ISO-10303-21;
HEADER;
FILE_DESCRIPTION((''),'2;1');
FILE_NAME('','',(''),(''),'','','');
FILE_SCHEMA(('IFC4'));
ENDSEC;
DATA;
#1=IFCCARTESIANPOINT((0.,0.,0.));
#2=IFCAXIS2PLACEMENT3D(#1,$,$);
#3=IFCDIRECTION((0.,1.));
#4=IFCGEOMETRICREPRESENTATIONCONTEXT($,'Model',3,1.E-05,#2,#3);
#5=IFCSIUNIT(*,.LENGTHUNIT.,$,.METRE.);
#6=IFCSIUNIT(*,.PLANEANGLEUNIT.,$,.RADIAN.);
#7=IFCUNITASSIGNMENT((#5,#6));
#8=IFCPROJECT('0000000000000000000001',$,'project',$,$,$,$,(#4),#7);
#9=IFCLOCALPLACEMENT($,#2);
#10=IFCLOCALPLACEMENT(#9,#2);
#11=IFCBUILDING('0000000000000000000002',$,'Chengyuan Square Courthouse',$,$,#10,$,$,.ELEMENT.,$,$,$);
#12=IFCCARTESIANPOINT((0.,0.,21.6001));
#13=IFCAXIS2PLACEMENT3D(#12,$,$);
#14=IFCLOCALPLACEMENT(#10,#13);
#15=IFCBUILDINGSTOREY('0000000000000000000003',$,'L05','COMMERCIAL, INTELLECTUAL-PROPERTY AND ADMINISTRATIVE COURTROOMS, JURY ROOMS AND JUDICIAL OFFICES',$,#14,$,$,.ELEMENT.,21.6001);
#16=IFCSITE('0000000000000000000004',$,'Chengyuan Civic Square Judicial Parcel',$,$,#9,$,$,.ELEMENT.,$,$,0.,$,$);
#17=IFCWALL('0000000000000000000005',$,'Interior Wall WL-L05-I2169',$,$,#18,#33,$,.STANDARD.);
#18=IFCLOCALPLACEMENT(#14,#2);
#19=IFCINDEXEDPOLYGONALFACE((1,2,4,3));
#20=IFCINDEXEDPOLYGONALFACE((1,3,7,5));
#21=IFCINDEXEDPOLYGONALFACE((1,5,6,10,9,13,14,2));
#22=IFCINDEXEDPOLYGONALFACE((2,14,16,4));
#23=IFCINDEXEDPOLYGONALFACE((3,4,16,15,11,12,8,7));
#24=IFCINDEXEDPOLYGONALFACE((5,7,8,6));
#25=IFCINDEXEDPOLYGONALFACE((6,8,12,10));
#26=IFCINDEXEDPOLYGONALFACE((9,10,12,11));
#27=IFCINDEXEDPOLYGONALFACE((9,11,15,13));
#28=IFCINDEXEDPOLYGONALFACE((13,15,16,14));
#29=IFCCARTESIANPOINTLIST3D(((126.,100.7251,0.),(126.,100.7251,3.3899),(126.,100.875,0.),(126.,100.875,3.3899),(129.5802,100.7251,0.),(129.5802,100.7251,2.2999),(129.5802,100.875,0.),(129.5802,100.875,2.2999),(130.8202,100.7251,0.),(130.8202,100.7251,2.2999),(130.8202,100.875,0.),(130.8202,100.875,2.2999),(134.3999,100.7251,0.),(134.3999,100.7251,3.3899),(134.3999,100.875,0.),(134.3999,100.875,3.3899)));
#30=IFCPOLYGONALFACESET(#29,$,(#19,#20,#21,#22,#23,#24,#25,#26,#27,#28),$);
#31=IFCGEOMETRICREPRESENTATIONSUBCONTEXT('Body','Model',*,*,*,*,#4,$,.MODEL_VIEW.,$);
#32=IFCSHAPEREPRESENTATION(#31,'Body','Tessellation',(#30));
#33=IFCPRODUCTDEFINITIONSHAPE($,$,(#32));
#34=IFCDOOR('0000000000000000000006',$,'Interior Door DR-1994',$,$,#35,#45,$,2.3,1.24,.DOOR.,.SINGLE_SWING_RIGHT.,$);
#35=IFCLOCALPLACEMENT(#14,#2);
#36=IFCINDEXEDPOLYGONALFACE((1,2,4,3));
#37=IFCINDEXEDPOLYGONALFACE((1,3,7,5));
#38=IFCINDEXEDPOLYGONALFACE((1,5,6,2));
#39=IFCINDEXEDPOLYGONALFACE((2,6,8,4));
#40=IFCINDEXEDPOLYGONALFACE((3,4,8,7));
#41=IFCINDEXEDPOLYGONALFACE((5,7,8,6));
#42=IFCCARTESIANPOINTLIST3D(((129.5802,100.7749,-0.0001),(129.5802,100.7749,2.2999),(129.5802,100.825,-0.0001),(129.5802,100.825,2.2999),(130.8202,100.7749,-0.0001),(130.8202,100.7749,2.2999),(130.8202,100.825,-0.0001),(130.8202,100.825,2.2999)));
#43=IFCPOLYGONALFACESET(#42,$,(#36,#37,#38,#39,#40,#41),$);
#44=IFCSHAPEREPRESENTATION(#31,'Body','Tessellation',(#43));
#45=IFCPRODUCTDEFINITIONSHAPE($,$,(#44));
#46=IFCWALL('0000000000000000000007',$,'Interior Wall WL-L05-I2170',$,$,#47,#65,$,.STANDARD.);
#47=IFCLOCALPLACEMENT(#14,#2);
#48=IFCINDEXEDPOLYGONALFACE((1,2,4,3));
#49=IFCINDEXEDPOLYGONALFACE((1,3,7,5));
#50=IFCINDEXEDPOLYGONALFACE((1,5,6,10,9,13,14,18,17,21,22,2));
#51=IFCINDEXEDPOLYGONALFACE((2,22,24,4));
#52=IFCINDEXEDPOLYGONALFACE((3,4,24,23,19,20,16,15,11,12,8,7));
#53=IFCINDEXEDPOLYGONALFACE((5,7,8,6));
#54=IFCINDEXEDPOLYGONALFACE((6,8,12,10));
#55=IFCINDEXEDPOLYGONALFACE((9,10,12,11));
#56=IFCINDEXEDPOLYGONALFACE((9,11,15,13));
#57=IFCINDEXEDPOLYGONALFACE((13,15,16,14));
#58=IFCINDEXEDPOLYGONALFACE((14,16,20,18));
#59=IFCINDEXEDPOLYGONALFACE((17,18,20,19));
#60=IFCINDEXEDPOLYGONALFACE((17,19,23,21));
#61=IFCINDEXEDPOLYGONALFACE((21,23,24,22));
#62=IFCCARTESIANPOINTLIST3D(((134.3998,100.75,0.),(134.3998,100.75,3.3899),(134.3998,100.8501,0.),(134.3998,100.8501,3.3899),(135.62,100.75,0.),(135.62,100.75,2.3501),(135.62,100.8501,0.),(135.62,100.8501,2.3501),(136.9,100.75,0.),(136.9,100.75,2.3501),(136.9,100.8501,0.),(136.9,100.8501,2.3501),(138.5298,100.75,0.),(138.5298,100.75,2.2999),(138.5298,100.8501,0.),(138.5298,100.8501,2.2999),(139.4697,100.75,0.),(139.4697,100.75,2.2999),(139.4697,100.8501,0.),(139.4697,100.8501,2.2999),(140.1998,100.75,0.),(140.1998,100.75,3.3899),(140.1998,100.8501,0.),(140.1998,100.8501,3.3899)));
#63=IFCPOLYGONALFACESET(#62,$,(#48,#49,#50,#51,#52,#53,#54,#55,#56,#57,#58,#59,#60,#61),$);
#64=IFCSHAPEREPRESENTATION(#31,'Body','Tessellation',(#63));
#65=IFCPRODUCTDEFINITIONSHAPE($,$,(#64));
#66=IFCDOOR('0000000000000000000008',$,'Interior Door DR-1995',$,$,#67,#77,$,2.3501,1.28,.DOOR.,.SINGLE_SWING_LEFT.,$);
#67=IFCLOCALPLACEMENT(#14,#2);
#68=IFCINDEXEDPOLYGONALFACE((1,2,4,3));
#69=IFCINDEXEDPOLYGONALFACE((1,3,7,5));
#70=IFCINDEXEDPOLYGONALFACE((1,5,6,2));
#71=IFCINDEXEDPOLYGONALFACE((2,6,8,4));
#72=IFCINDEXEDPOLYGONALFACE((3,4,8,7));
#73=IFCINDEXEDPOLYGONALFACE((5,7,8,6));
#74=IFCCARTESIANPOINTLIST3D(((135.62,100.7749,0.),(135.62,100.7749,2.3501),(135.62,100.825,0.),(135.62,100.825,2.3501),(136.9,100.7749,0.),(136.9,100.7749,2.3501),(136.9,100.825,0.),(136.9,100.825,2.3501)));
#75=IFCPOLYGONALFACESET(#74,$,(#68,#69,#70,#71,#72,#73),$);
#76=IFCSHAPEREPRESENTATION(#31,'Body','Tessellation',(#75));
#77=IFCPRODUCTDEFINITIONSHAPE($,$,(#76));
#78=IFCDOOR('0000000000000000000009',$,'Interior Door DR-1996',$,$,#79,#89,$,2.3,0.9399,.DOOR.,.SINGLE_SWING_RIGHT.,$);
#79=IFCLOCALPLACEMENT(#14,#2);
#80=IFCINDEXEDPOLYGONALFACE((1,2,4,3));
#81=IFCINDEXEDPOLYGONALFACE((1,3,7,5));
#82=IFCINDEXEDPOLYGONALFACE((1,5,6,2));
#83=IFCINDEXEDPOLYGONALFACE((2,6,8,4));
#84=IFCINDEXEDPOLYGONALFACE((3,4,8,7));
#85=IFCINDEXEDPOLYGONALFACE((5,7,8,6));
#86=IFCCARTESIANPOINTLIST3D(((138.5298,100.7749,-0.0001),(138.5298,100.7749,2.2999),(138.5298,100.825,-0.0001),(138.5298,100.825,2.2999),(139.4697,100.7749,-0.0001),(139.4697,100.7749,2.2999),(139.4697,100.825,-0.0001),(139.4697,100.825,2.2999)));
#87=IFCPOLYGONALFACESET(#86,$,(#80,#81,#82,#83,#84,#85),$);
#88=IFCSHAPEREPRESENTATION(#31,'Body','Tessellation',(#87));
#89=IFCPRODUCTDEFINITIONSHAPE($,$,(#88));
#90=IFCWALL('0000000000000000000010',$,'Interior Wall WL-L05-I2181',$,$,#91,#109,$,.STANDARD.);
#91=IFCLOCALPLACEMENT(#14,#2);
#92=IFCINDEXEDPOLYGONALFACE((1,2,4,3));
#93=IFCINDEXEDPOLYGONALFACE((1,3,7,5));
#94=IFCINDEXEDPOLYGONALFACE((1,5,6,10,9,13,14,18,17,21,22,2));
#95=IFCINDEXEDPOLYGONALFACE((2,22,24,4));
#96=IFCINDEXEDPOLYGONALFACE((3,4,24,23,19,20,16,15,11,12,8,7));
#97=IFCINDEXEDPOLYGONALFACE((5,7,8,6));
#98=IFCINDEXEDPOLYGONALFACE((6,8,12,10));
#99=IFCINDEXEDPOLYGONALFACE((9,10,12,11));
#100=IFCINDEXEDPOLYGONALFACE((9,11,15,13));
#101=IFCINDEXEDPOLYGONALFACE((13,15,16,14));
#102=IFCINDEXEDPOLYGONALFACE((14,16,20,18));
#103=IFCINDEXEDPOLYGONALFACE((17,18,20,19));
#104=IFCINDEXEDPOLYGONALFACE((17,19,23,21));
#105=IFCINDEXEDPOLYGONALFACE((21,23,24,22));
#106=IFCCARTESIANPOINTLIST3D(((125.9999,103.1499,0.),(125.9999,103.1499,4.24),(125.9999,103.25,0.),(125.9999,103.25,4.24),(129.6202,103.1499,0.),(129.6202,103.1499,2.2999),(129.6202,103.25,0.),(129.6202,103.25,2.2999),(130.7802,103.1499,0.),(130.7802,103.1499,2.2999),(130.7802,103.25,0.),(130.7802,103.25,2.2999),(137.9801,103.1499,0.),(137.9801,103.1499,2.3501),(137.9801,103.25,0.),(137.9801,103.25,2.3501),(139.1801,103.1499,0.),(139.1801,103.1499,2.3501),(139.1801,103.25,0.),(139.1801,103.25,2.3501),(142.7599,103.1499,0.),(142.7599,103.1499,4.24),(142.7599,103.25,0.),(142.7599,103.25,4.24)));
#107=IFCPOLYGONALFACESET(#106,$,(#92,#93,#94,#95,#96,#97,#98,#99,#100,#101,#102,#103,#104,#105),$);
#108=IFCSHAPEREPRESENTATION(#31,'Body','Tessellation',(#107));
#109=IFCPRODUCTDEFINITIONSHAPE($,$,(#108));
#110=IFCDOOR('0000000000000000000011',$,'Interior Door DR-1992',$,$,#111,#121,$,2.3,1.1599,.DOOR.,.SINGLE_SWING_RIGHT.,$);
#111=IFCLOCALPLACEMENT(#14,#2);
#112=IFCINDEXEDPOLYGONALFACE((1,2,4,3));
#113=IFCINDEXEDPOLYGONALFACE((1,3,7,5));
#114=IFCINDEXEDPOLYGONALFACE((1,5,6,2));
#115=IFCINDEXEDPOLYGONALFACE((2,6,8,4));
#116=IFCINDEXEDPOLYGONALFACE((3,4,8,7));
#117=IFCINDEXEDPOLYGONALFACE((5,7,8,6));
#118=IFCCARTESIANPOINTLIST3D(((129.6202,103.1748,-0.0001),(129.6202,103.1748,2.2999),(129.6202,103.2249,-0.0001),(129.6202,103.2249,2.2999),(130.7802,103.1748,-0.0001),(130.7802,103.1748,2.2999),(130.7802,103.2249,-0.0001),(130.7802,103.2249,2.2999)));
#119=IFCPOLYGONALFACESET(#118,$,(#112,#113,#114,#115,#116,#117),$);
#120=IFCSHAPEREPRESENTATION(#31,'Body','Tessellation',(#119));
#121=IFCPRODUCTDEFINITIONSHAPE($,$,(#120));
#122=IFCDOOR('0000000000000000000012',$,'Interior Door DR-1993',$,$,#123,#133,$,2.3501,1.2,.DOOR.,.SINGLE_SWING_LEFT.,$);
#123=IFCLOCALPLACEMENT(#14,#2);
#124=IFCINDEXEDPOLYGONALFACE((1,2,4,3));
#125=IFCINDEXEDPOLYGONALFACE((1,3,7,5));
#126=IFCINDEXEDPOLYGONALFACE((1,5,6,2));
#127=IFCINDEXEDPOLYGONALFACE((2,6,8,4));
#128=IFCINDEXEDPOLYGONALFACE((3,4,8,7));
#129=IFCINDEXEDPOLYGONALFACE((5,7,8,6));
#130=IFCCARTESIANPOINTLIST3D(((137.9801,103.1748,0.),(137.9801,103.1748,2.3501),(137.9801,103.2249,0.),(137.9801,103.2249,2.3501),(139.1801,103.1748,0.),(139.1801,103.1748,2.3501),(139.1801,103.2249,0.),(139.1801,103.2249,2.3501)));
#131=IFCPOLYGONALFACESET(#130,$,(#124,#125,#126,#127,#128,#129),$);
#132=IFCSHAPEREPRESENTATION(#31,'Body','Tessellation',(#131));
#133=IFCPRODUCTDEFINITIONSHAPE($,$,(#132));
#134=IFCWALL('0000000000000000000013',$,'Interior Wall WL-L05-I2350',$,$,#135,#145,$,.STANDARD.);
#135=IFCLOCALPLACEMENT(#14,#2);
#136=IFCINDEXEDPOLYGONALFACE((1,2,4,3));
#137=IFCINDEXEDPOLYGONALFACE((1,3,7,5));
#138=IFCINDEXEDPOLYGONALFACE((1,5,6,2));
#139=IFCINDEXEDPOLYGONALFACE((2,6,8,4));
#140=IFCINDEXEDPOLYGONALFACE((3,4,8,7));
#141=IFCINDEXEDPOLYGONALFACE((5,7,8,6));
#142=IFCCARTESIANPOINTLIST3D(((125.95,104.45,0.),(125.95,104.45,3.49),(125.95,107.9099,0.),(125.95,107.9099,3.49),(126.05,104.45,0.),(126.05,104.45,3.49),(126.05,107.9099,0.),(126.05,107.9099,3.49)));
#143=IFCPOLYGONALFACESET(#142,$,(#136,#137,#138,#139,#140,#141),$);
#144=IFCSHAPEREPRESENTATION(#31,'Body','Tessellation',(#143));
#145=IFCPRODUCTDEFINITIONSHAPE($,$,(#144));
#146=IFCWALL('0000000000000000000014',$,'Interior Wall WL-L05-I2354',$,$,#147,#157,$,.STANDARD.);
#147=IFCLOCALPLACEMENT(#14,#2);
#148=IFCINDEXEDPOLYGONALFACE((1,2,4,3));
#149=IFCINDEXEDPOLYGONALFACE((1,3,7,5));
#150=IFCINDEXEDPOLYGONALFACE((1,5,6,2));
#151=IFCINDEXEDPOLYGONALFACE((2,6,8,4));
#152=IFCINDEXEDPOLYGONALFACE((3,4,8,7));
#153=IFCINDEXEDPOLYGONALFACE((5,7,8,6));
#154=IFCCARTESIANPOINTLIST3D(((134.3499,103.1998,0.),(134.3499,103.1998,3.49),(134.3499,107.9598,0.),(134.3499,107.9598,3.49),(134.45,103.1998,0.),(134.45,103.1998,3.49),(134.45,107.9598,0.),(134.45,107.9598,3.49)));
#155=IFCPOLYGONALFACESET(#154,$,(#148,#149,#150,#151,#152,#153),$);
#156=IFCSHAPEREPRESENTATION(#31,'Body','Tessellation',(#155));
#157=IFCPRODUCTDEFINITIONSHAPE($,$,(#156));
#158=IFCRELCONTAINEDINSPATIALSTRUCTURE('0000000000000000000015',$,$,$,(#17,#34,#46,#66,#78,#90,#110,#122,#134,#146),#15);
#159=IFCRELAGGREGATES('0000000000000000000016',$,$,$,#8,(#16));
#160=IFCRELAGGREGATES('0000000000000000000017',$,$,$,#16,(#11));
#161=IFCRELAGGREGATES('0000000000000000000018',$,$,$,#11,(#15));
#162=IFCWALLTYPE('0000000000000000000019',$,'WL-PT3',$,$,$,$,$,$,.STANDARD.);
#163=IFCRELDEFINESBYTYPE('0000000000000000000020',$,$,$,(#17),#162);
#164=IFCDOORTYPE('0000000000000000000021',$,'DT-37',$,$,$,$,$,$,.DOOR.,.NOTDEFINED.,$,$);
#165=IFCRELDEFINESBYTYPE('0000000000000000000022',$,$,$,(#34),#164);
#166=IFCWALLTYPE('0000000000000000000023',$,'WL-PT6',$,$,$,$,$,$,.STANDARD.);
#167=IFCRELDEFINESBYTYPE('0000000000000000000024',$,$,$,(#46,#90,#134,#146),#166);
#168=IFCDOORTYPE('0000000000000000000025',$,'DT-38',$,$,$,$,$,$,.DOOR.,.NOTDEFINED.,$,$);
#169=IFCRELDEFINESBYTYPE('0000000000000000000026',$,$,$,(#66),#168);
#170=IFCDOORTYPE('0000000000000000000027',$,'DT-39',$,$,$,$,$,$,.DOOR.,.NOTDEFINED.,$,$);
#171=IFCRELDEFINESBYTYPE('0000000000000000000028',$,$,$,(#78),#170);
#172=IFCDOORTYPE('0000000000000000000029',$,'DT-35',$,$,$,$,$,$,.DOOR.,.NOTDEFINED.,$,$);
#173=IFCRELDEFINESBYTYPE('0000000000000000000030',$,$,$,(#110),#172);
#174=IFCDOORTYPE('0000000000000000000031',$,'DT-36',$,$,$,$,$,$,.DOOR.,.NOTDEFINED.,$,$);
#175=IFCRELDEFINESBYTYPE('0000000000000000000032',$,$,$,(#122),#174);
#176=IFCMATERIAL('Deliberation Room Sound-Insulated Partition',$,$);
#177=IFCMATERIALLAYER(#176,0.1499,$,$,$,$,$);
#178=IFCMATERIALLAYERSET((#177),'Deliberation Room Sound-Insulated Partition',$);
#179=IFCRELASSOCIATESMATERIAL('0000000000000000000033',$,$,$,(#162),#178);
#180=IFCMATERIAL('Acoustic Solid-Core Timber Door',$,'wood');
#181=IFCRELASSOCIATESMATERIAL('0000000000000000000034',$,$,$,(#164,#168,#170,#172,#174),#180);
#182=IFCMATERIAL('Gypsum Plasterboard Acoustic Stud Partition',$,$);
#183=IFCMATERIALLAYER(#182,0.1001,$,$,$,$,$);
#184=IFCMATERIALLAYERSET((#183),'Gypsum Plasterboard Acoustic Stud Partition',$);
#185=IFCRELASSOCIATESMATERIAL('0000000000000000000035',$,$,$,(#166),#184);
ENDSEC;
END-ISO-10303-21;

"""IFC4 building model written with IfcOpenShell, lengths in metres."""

from ifc_helpers import new_model, si_unit, direction, frame, frame_2d, origin, place, context, subcontext, project, spatial, rectangle, extrude, material, layer, layer_set, type_object, element, fill, save


model = new_model("IFC4")

# Units and contexts
model_context = context("Model", 3, precision=1e-05, world=origin(), true_north=direction((0.0, 1.0)))
body_context = subcontext(model_context, "Body", "Model", "MODEL_VIEW")
ifc_project = project(units=[si_unit("LENGTHUNIT", "METRE"), si_unit("PLANEANGLEUNIT", "RADIAN")], contexts=[model_context])

# Site, building, storey
site_placement = place(None, origin())
site = spatial("IfcSite", under=ifc_project, at=site_placement, Name="Chengyuan Civic Square Judicial Parcel", CompositionType="ELEMENT", RefElevation=0.0)
building_placement = place(site_placement, origin())
building = spatial("IfcBuilding", under=site, at=building_placement, Name="Chengyuan Square Courthouse", CompositionType="ELEMENT")
storey_placement = place(building_placement, frame((0.0, 0.0, 21.6001)))
storey = spatial("IfcBuildingStorey", under=building, at=storey_placement, Name="L05", Description="COMMERCIAL, INTELLECTUAL-PROPERTY AND ADMINISTRATIVE COURTROOMS, JURY ROOMS AND JUDICIAL OFFICES", CompositionType="ELEMENT", Elevation=21.6001)

# Wall, opening, door
ifc_material_1 = material(Name="Deliberation Room Sound-Insulated Partition")
ifc_layer_1 = layer(ifc_material_1, 0.1499)
ifc_layer_set_1 = layer_set([ifc_layer_1], Name="Deliberation Room Sound-Insulated Partition")
wall_type_1 = type_object("IfcWallType", Name="WL-PT3", PredefinedType="STANDARD", material=ifc_layer_set_1)
wall_1_placement = place(storey_placement, frame((126.0, 100.8, 0.0), z_axis=(0.0, 0.0, 1.0), x_axis=(1.0, 0.0, 0.0)))
wall_1 = element("IfcWall", 1, at=wall_1_placement, inside=storey, type_object=wall_type_1, Name="Interior Wall WL-L05-I2169", PredefinedType="STANDARD", context=body_context, shape_type="SweptSolid", body=[
    extrude(rectangle(XDim=8.3999, YDim=0.1499, at=frame_2d((4.2, 0.0))), origin(), (0.0, 0.0, 1.0), 3.3899),
])
opening_1_placement = place(wall_1_placement, frame((3.5801, 0.0, 0.0)))
opening_1 = element("IfcOpeningElement", 2, at=opening_1_placement, cuts=wall_1, PredefinedType="OPENING", context=body_context, shape_type="SweptSolid", body=[
    extrude(rectangle(XDim=1.24, YDim=2.3, at=frame_2d((0.6201, 1.1499))), frame((0.0, 0.0869, 0.0), z_axis=(0.0, -1.0, 0.0), x_axis=(1.0, 0.0, 0.0)), (0.0, 0.0, 1.0), 0.1738),
])
ifc_material_2 = material(Name="Acoustic Solid-Core Timber Door", Category="wood")
door_type_1 = type_object("IfcDoorType", Name="DT-37", OperationType="NOTDEFINED", PredefinedType="DOOR", material=ifc_material_2)
door_1_placement = place(opening_1_placement, origin())
door_1 = element("IfcDoor", 3, at=door_1_placement, inside=storey, type_object=door_type_1, Name="Interior Door DR-1994", OperationType="SINGLE_SWING_RIGHT", OverallHeight=2.3, OverallWidth=1.24, PredefinedType="DOOR", context=body_context, shape_type="SweptSolid", body=[
    extrude(rectangle(XDim=1.24, YDim=2.3, at=frame_2d((0.6201, 1.1499))), frame((0.0, 0.0249, 0.0), z_axis=(0.0, -1.0, 0.0), x_axis=(1.0, 0.0, 0.0)), (0.0, 0.0, 1.0), 0.05),
])
fill(opening_1, door_1)

# Walls, openings, doors
ifc_material_3 = material(Name="Gypsum Plasterboard Acoustic Stud Partition")
ifc_layer_2 = layer(ifc_material_3, 0.1001)
ifc_layer_set_2 = layer_set([ifc_layer_2], Name="Gypsum Plasterboard Acoustic Stud Partition")
wall_type_2 = type_object("IfcWallType", Name="WL-PT6", PredefinedType="STANDARD", material=ifc_layer_set_2)
wall_2_placement = place(storey_placement, frame((134.3999, 100.8, 0.0), z_axis=(0.0, 0.0, 1.0), x_axis=(1.0, 0.0, 0.0)))
wall_2 = element("IfcWall", 4, at=wall_2_placement, inside=storey, type_object=wall_type_2, Name="Interior Wall WL-L05-I2170", PredefinedType="STANDARD", context=body_context, shape_type="SweptSolid", body=[
    extrude(rectangle(XDim=5.8, YDim=0.1001, at=frame_2d((2.8999, 0.0))), origin(), (0.0, 0.0, 1.0), 3.3899),
])
opening_2_placement = place(wall_2_placement, frame((1.22, 0.0, 0.0)))
opening_2 = element("IfcOpeningElement", 5, at=opening_2_placement, cuts=wall_2, PredefinedType="OPENING", context=body_context, shape_type="SweptSolid", body=[
    extrude(rectangle(XDim=1.28, YDim=2.3501, at=frame_2d((0.6401, 1.175))), frame((0.0, 0.062, 0.0), z_axis=(0.0, -1.0, 0.0), x_axis=(1.0, 0.0, 0.0)), (0.0, 0.0, 1.0), 0.124),
])
opening_3_placement = place(wall_2_placement, frame((4.1299, 0.0, 0.0)))
opening_3 = element("IfcOpeningElement", 6, at=opening_3_placement, cuts=wall_2, PredefinedType="OPENING", context=body_context, shape_type="SweptSolid", body=[
    extrude(rectangle(XDim=0.9399, YDim=2.3, at=frame_2d((0.47, 1.1499))), frame((0.0, 0.062, 0.0), z_axis=(0.0, -1.0, 0.0), x_axis=(1.0, 0.0, 0.0)), (0.0, 0.0, 1.0), 0.124),
])
door_type_2 = type_object("IfcDoorType", Name="DT-38", OperationType="NOTDEFINED", PredefinedType="DOOR", material=ifc_material_2)
door_2_placement = place(opening_2_placement, origin())
door_2 = element("IfcDoor", 7, at=door_2_placement, inside=storey, type_object=door_type_2, Name="Interior Door DR-1995", OperationType="SINGLE_SWING_LEFT", OverallHeight=2.3501, OverallWidth=1.28, PredefinedType="DOOR", context=body_context, shape_type="SweptSolid", body=[
    extrude(rectangle(XDim=1.28, YDim=2.3501, at=frame_2d((0.6401, 1.175))), frame((0.0, 0.0249, 0.0), z_axis=(0.0, -1.0, 0.0), x_axis=(1.0, 0.0, 0.0)), (0.0, 0.0, 1.0), 0.05),
])
fill(opening_2, door_2)
door_type_3 = type_object("IfcDoorType", Name="DT-39", OperationType="NOTDEFINED", PredefinedType="DOOR", material=ifc_material_2)
door_3_placement = place(opening_3_placement, origin())
door_3 = element("IfcDoor", 8, at=door_3_placement, inside=storey, type_object=door_type_3, Name="Interior Door DR-1996", OperationType="SINGLE_SWING_RIGHT", OverallHeight=2.3, OverallWidth=0.9399, PredefinedType="DOOR", context=body_context, shape_type="SweptSolid", body=[
    extrude(rectangle(XDim=0.9399, YDim=2.3, at=frame_2d((0.47, 1.1499))), frame((0.0, 0.0249, 0.0), z_axis=(0.0, -1.0, 0.0), x_axis=(1.0, 0.0, 0.0)), (0.0, 0.0, 1.0), 0.05),
])
fill(opening_3, door_3)
wall_3_placement = place(storey_placement, frame((126.0, 103.2, 0.0), z_axis=(0.0, 0.0, 1.0), x_axis=(1.0, 0.0, 0.0)))
wall_3 = element("IfcWall", 9, at=wall_3_placement, inside=storey, type_object=wall_type_2, Name="Interior Wall WL-L05-I2181", PredefinedType="STANDARD", context=body_context, shape_type="SweptSolid", body=[
    extrude(rectangle(XDim=16.76, YDim=0.1001, at=frame_2d((8.3799, 0.0))), origin(), (0.0, 0.0, 1.0), 4.24),
])
opening_4_placement = place(wall_3_placement, frame((3.6201, 0.0, 0.0)))
opening_4 = element("IfcOpeningElement", 10, at=opening_4_placement, cuts=wall_3, PredefinedType="OPENING", context=body_context, shape_type="SweptSolid", body=[
    extrude(rectangle(XDim=1.1599, YDim=2.3, at=frame_2d((0.5801, 1.1499))), frame((0.0, 0.062, 0.0), z_axis=(0.0, -1.0, 0.0), x_axis=(1.0, 0.0, 0.0)), (0.0, 0.0, 1.0), 0.124),
])
opening_5_placement = place(wall_3_placement, frame((11.98, 0.0, 0.0)))
opening_5 = element("IfcOpeningElement", 11, at=opening_5_placement, cuts=wall_3, PredefinedType="OPENING", context=body_context, shape_type="SweptSolid", body=[
    extrude(rectangle(XDim=1.2, YDim=2.3501, at=frame_2d((0.6001, 1.175))), frame((0.0, 0.062, 0.0), z_axis=(0.0, -1.0, 0.0), x_axis=(1.0, 0.0, 0.0)), (0.0, 0.0, 1.0), 0.124),
])
door_type_4 = type_object("IfcDoorType", Name="DT-35", OperationType="NOTDEFINED", PredefinedType="DOOR", material=ifc_material_2)
door_4_placement = place(opening_4_placement, origin())
door_4 = element("IfcDoor", 12, at=door_4_placement, inside=storey, type_object=door_type_4, Name="Interior Door DR-1992", OperationType="SINGLE_SWING_RIGHT", OverallHeight=2.3, OverallWidth=1.1599, PredefinedType="DOOR", context=body_context, shape_type="SweptSolid", body=[
    extrude(rectangle(XDim=1.1599, YDim=2.3, at=frame_2d((0.5801, 1.1499))), frame((0.0, 0.0249, 0.0), z_axis=(0.0, -1.0, 0.0), x_axis=(1.0, 0.0, 0.0)), (0.0, 0.0, 1.0), 0.05),
])
fill(opening_4, door_4)
door_type_5 = type_object("IfcDoorType", Name="DT-36", OperationType="NOTDEFINED", PredefinedType="DOOR", material=ifc_material_2)
door_5_placement = place(opening_5_placement, origin())
door_5 = element("IfcDoor", 13, at=door_5_placement, inside=storey, type_object=door_type_5, Name="Interior Door DR-1993", OperationType="SINGLE_SWING_LEFT", OverallHeight=2.3501, OverallWidth=1.2, PredefinedType="DOOR", context=body_context, shape_type="SweptSolid", body=[
    extrude(rectangle(XDim=1.2, YDim=2.3501, at=frame_2d((0.6001, 1.175))), frame((0.0, 0.0249, 0.0), z_axis=(0.0, -1.0, 0.0), x_axis=(1.0, 0.0, 0.0)), (0.0, 0.0, 1.0), 0.05),
])
fill(opening_5, door_5)

# Walls
wall_4_placement = place(storey_placement, frame((126.0, 104.45, 0.0), z_axis=(0.0, 0.0, 1.0), x_axis=(0.0, 1.0, 0.0)))
element("IfcWall", 14, at=wall_4_placement, inside=storey, type_object=wall_type_2, Name="Interior Wall WL-L05-I2350", PredefinedType="STANDARD", context=body_context, shape_type="SweptSolid", body=[
    extrude(rectangle(XDim=3.46, YDim=0.1001, at=frame_2d((1.73, 0.0))), origin(), (0.0, 0.0, 1.0), 3.49),
])
wall_5_placement = place(storey_placement, frame((134.3999, 103.2, 0.0), z_axis=(0.0, 0.0, 1.0), x_axis=(0.0, 1.0, 0.0)))
element("IfcWall", 15, at=wall_5_placement, inside=storey, type_object=wall_type_2, Name="Interior Wall WL-L05-I2354", PredefinedType="STANDARD", context=body_context, shape_type="SweptSolid", body=[
    extrude(rectangle(XDim=4.76, YDim=0.1001, at=frame_2d((2.3799, 0.0))), origin(), (0.0, 0.0, 1.0), 3.49),
])

save(model, "model.ifc")
